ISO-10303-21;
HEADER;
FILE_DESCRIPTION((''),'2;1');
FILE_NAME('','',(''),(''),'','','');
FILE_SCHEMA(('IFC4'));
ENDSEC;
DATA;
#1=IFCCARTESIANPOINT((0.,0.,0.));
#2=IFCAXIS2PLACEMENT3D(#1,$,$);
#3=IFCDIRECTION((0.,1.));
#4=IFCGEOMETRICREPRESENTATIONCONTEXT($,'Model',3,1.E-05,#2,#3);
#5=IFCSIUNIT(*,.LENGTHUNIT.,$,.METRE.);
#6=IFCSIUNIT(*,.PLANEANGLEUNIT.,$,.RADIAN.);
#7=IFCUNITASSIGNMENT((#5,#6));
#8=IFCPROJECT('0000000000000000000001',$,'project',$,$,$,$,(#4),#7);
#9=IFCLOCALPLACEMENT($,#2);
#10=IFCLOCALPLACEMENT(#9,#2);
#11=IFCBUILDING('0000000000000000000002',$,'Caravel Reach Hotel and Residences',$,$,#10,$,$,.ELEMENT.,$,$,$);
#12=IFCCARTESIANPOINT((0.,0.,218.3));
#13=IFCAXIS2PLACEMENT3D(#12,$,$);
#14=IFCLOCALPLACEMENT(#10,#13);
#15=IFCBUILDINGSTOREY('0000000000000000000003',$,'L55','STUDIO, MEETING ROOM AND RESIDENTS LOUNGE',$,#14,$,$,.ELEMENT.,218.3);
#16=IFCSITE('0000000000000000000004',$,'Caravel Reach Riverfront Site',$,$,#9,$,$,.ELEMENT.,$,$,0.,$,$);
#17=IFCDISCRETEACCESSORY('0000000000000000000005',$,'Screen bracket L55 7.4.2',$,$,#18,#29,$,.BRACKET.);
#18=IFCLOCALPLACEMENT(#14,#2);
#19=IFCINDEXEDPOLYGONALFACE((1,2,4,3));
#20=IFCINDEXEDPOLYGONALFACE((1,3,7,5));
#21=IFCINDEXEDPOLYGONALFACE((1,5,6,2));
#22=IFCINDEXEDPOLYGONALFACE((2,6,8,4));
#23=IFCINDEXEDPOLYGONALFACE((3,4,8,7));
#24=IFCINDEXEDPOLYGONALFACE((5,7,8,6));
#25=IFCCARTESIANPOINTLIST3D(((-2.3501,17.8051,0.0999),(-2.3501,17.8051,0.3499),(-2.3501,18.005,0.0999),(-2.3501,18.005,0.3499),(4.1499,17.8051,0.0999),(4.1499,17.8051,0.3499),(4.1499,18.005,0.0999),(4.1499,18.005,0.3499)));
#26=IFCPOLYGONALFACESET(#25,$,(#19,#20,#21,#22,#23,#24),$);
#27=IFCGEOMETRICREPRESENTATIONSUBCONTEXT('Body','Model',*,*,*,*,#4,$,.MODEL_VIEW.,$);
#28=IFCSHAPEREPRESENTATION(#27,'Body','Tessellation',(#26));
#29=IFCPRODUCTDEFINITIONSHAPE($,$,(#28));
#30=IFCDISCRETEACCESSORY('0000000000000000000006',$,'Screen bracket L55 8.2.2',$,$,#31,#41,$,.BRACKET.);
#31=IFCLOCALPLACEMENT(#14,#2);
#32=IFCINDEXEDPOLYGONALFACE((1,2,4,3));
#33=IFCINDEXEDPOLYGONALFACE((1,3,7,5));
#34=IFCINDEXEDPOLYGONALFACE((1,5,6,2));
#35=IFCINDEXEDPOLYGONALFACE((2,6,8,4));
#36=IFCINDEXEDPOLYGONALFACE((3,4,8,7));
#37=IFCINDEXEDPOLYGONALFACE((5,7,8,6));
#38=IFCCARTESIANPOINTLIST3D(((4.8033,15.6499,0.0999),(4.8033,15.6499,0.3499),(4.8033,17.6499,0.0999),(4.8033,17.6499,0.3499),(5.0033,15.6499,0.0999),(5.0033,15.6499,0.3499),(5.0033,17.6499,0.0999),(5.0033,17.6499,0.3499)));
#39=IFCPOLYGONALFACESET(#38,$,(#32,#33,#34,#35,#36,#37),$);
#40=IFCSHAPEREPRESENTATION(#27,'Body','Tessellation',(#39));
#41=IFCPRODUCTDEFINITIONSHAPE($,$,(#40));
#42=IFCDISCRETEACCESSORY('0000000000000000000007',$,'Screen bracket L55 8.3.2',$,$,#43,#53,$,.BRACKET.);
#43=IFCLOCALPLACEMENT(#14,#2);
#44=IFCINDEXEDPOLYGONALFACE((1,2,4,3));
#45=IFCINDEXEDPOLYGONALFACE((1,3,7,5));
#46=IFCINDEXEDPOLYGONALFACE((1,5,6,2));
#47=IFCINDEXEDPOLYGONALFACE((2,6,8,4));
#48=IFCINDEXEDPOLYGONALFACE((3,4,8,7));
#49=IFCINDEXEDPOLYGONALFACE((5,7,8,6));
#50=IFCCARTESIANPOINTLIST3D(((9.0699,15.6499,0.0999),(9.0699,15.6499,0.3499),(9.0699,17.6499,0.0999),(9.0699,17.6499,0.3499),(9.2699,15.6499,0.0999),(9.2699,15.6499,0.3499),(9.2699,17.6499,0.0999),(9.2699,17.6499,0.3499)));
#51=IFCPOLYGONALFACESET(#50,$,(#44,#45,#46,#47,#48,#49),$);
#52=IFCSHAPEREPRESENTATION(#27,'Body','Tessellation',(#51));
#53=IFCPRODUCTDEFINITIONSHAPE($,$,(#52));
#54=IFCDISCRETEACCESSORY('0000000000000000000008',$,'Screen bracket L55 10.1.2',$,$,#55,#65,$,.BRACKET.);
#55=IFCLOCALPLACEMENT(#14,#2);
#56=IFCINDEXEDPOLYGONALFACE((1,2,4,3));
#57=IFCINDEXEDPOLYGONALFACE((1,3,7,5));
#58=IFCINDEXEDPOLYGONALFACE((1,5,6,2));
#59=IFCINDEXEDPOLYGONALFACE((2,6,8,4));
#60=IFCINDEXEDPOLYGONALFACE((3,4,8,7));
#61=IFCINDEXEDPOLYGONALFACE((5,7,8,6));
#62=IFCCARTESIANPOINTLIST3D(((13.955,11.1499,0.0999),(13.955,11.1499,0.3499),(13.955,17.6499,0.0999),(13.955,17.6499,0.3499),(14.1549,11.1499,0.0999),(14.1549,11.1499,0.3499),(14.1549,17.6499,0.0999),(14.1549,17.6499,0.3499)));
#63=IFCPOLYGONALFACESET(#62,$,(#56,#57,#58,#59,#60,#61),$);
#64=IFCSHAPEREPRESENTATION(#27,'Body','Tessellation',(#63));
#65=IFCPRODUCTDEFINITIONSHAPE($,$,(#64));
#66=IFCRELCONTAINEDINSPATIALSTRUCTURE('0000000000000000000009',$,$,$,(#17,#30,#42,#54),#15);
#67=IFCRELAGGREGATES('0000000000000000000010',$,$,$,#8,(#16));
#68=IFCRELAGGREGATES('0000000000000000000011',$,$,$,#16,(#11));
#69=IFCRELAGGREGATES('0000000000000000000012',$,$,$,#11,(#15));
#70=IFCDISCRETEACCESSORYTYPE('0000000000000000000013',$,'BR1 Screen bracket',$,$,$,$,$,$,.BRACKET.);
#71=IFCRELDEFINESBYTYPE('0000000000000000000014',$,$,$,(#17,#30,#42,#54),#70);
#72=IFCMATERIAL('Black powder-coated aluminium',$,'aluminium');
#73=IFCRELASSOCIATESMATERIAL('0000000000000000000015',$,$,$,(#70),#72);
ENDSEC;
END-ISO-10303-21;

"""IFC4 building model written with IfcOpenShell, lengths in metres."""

from ifc_helpers import new_model, si_unit, direction, frame, origin, origin_2d, place, context, subcontext, project, spatial, rectangle, extrude, material, type_object, element, save


model = new_model("IFC4")

# Units and contexts
model_context = context("Model", 3, precision=1e-05, world=origin(), true_north=direction((0.0, 1.0)))
body_context = subcontext(model_context, "Body", "Model", "MODEL_VIEW")
ifc_project = project(units=[si_unit("LENGTHUNIT", "METRE"), si_unit("PLANEANGLEUNIT", "RADIAN")], contexts=[model_context])

# Site, building, storey
site_placement = place(None, origin())
site = spatial("IfcSite", under=ifc_project, at=site_placement, Name="Caravel Reach Riverfront Site", CompositionType="ELEMENT", RefElevation=0.0)
building_placement = place(site_placement, origin())
building = spatial("IfcBuilding", under=site, at=building_placement, Name="Caravel Reach Hotel and Residences", CompositionType="ELEMENT")
storey_placement = place(building_placement, frame((0.0, 0.0, 218.3)))
storey = spatial("IfcBuildingStorey", under=building, at=storey_placement, Name="L55", Description="STUDIO, MEETING ROOM AND RESIDENTS LOUNGE", CompositionType="ELEMENT", Elevation=218.3)

# Discrete accessories
ifc_material_1 = material(Name="Black powder-coated aluminium", Category="aluminium")
discrete_accessory_type = type_object("IfcDiscreteAccessoryType", Name="BR1 Screen bracket", PredefinedType="BRACKET", material=ifc_material_1)
discrete_accessory_1_placement = place(storey_placement, frame((0.8999, 17.905, 0.0999), z_axis=(0.0, 0.0, 1.0), x_axis=(-1.0, 0.0, 0.0)))
element("IfcDiscreteAccessory", 1, at=discrete_accessory_1_placement, inside=storey, type_object=discrete_accessory_type, Name="Screen bracket L55 7.4.2", PredefinedType="BRACKET", context=body_context, shape_type="SweptSolid", body=[
    extrude(rectangle(XDim=6.5, YDim=0.2, at=origin_2d()), origin(), (0.0, 0.0, 1.0), 0.25),
])
for number, where, z_axis, x_axis, name in (
    (2, (4.9033, 16.6499, 0.0999), (0.0, 0.0, 1.0), (0.0, -1.0, 0.0), "Screen bracket L55 8.2.2"),
    (3, (9.1699, 16.6499, 0.0999), (0.0, 0.0, 1.0), (0.0, -1.0, 0.0), "Screen bracket L55 8.3.2"),
):
    element("IfcDiscreteAccessory", number, at=place(storey_placement, frame(where, z_axis=z_axis, x_axis=x_axis)), inside=storey, type_object=discrete_accessory_type, Name=name, PredefinedType="BRACKET", context=body_context, shape_type="SweptSolid", body=[
        extrude(rectangle(XDim=2.0, YDim=0.2, at=origin_2d()), origin(), (0.0, 0.0, 1.0), 0.25),
    ])
discrete_accessory_2_placement = place(storey_placement, frame((14.0549, 14.3999, 0.0999), z_axis=(0.0, 0.0, 1.0), x_axis=(0.0, -1.0, 0.0)))
element("IfcDiscreteAccessory", 4, at=discrete_accessory_2_placement, inside=storey, type_object=discrete_accessory_type, Name="Screen bracket L55 10.1.2", PredefinedType="BRACKET", context=body_context, shape_type="SweptSolid", body=[
    extrude(rectangle(XDim=6.5, YDim=0.2, at=origin_2d()), origin(), (0.0, 0.0, 1.0), 0.25),
])

save(model, "model.ifc")
